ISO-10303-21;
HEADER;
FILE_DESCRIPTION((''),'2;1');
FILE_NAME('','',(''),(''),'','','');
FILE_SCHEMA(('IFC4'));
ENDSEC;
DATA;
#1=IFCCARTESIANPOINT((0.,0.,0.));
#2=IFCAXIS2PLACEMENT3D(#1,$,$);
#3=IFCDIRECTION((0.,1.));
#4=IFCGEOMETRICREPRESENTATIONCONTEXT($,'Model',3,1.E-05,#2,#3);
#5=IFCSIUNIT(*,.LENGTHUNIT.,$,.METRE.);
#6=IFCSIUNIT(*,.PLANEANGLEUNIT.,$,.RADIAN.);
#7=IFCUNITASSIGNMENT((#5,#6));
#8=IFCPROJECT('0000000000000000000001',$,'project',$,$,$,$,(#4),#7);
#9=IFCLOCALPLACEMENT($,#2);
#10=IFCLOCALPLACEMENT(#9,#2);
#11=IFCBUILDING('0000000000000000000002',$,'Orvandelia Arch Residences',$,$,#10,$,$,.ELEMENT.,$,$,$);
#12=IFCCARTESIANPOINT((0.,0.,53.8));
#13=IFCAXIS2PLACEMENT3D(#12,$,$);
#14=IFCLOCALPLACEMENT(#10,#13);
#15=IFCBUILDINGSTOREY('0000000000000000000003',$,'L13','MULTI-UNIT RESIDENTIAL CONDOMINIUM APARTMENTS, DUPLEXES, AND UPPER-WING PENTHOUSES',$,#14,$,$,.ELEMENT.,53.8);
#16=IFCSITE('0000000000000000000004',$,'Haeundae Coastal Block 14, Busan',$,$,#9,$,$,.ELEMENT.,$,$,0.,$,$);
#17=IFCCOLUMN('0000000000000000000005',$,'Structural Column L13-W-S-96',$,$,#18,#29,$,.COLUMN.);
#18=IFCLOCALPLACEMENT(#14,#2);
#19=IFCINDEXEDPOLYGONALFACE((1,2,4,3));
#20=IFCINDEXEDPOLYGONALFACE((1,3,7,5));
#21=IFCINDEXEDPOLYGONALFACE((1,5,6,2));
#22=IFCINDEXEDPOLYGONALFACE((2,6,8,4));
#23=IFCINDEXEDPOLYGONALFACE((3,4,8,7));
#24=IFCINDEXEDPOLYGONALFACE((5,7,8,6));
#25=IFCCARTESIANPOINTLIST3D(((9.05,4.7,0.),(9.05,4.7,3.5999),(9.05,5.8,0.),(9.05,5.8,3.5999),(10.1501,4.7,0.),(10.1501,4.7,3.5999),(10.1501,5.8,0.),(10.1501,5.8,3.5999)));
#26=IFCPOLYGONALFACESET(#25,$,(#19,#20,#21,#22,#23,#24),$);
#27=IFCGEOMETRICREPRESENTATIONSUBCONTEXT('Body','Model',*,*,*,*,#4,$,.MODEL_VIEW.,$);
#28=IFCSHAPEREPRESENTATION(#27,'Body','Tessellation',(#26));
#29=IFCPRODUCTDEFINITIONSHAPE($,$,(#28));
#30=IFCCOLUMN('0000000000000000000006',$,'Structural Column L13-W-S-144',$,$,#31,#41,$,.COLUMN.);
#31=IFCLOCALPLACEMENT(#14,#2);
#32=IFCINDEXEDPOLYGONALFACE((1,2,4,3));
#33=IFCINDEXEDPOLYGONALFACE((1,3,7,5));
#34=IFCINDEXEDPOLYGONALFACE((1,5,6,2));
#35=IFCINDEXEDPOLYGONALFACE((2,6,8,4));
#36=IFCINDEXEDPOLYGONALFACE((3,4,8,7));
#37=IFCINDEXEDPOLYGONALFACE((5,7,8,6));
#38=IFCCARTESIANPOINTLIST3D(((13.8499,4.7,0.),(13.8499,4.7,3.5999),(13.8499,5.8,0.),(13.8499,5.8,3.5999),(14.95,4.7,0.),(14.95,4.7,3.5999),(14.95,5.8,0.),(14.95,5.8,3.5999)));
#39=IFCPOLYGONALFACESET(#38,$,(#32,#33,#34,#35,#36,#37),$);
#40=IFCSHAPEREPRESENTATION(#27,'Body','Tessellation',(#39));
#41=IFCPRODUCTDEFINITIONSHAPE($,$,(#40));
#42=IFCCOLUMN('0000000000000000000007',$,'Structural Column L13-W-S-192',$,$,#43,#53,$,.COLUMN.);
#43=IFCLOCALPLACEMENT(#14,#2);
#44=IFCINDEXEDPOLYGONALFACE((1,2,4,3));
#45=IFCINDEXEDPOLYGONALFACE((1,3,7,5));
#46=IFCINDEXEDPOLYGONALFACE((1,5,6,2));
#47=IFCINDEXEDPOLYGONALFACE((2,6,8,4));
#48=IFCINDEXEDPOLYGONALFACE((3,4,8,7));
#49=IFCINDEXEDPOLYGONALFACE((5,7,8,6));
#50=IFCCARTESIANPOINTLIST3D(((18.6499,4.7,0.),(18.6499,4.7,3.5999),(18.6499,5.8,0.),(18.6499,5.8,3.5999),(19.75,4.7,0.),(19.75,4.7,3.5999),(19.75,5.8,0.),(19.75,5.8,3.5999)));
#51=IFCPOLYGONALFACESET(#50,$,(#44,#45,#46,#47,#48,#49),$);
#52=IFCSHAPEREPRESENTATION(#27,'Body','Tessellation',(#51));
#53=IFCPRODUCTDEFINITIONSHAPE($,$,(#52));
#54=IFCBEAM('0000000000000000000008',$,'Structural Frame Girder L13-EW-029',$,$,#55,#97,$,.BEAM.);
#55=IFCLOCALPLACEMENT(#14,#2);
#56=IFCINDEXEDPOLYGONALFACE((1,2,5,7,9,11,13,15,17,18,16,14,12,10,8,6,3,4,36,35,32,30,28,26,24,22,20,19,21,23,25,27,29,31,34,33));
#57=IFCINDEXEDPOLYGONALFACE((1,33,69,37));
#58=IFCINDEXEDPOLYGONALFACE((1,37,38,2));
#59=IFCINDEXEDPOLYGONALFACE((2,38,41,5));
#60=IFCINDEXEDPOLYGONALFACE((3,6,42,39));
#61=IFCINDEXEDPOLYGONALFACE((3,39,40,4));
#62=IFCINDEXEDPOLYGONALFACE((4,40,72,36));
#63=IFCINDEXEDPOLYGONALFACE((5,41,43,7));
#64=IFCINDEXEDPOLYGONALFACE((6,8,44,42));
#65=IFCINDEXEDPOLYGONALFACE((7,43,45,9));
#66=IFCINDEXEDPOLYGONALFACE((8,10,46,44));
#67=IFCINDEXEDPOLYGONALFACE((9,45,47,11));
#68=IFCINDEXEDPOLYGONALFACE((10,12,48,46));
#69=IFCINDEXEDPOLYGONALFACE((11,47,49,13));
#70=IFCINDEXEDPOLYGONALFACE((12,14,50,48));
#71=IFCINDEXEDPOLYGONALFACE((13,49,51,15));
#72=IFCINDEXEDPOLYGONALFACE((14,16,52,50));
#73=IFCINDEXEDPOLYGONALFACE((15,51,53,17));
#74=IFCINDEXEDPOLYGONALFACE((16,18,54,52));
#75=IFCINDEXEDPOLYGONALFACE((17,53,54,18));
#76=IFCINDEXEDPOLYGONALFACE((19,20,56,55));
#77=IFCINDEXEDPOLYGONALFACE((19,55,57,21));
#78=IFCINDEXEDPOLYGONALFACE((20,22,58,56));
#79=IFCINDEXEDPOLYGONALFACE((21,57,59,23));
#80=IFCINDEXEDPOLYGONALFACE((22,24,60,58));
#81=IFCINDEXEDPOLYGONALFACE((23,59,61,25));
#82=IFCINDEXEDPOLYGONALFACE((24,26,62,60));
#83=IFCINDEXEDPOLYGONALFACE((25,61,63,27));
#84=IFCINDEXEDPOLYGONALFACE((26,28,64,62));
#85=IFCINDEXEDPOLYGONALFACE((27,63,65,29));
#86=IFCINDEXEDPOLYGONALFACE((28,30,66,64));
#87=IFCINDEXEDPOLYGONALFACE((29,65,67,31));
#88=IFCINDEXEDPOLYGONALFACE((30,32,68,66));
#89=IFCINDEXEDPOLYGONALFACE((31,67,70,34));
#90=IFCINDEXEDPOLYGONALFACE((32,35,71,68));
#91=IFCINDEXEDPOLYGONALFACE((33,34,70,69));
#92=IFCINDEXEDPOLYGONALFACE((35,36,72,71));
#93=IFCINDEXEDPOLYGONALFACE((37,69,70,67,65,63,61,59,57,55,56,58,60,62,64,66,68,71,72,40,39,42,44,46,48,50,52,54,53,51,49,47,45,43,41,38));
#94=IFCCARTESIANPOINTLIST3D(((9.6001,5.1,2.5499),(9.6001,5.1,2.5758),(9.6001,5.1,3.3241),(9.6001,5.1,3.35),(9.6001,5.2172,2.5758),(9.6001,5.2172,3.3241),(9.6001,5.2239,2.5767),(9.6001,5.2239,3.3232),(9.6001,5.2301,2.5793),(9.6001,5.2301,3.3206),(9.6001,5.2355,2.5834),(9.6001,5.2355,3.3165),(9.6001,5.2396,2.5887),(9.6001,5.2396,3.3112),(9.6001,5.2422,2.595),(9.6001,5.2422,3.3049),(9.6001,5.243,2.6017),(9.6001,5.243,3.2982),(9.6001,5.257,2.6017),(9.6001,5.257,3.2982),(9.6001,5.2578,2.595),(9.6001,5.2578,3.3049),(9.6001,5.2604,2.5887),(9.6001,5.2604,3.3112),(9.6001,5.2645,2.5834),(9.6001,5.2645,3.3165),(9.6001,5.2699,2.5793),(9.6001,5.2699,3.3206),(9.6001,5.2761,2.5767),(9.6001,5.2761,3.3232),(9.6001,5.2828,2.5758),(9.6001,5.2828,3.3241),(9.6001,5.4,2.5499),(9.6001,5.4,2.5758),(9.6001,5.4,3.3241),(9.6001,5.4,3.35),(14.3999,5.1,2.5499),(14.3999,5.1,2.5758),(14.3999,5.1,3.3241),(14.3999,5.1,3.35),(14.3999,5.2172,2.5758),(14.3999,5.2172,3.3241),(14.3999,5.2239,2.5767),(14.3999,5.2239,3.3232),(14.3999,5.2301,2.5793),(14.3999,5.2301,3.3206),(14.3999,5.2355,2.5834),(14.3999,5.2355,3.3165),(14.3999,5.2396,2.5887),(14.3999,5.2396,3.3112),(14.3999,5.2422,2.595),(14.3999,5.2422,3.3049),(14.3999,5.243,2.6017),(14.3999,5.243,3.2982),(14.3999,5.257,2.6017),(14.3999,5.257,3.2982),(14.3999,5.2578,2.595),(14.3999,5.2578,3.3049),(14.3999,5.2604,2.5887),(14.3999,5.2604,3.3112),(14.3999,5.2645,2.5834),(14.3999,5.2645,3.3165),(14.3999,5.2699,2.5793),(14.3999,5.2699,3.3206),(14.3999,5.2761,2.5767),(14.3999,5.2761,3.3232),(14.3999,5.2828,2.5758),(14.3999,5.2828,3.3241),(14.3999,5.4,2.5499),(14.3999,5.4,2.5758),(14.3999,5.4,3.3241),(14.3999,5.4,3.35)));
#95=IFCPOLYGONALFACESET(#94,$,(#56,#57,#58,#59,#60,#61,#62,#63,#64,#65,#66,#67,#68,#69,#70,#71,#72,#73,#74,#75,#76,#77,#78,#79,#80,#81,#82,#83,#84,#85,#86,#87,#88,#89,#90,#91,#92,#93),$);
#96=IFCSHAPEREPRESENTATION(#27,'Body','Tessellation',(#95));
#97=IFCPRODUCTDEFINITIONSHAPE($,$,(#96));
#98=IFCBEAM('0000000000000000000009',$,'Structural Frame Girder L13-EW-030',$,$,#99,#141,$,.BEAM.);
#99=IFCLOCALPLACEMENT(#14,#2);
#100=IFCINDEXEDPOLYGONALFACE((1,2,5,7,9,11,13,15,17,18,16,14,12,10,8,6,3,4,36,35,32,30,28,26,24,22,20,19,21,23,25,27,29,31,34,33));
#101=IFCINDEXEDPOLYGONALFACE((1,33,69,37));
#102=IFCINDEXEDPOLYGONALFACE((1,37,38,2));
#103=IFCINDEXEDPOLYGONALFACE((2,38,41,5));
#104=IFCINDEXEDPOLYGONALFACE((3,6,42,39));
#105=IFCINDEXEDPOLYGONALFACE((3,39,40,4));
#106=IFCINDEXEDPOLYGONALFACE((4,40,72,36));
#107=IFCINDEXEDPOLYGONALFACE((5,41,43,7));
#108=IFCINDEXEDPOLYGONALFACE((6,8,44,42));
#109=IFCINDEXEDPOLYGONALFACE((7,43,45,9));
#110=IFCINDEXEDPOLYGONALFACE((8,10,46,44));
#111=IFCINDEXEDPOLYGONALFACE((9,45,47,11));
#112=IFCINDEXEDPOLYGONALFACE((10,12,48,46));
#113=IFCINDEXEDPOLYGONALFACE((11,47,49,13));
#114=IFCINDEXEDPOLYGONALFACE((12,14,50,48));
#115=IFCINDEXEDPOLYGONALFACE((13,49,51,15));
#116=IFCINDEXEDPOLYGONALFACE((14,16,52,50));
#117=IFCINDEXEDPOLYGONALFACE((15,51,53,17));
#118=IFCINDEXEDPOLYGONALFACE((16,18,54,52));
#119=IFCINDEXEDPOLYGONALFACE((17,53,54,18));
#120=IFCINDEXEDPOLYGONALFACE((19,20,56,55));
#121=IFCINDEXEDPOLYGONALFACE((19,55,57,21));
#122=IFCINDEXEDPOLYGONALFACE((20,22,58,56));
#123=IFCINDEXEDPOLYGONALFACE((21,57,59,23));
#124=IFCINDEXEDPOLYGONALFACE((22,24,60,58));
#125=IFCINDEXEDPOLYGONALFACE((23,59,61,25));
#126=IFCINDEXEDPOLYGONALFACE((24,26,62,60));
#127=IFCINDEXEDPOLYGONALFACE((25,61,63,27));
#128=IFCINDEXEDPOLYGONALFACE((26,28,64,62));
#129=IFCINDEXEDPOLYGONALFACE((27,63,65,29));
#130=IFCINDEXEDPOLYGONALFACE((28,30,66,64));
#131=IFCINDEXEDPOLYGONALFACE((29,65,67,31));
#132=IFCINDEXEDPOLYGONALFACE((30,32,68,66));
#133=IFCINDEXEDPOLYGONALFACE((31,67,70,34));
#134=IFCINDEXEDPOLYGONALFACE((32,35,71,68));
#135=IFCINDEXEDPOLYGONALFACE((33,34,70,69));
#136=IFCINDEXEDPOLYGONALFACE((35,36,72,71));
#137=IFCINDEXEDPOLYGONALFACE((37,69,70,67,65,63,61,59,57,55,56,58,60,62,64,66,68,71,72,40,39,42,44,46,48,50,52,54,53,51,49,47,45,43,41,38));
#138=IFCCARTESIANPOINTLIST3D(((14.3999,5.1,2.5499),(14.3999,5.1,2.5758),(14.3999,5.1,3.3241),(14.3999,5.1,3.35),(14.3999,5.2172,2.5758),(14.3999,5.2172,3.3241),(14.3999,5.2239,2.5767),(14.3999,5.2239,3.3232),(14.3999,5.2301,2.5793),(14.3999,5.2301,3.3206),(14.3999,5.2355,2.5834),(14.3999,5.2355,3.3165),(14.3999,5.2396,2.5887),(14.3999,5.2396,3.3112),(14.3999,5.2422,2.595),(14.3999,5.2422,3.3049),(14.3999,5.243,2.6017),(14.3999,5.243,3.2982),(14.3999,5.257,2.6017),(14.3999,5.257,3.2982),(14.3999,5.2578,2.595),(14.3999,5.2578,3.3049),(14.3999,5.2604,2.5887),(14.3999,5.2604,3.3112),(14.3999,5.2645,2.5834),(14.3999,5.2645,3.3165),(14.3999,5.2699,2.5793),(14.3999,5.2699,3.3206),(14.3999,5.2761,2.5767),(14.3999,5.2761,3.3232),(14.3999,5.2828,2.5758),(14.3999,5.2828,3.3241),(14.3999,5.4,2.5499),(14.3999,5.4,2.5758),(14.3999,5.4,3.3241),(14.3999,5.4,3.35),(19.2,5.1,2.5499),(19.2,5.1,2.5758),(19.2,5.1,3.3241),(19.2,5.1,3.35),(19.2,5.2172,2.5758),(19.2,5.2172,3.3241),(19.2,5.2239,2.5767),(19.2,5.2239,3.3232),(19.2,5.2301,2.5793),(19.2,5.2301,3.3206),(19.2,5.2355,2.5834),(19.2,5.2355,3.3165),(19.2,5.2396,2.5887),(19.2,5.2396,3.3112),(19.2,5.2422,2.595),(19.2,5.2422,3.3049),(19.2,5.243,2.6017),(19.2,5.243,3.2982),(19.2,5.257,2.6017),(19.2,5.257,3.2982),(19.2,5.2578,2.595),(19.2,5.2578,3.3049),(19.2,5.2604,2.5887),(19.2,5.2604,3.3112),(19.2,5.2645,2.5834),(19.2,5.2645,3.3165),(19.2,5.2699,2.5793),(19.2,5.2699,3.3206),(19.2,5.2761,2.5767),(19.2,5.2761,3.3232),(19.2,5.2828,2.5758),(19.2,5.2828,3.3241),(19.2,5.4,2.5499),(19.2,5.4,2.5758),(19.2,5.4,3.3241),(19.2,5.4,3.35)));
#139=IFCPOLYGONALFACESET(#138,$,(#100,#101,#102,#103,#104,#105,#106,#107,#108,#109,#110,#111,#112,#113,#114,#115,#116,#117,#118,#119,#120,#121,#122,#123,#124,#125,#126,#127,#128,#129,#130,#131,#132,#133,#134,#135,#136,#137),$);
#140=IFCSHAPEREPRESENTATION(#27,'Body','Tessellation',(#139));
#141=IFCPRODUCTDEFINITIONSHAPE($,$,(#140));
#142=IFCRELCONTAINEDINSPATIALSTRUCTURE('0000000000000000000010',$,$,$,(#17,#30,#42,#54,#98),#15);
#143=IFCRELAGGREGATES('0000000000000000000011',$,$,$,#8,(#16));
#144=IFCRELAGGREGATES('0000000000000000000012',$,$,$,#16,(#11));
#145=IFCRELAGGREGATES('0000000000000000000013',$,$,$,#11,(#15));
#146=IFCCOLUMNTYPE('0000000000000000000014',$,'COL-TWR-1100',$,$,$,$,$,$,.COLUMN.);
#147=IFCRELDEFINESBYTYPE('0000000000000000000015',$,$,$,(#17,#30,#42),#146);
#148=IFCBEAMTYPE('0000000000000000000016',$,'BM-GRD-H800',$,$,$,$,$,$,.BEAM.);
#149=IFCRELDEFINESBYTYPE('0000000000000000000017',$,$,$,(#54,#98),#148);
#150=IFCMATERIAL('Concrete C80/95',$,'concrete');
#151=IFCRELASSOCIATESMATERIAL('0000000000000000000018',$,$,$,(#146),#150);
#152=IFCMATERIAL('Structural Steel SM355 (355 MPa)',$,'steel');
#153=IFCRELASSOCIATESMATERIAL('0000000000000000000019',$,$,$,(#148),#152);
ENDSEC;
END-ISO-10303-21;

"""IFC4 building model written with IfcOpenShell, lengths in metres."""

from ifc_helpers import new_model, si_unit, direction, frame, origin, origin_2d, place, context, subcontext, project, spatial, rectangle, i_section, extrude, material, material_profile, profile_set, type_object, element, save


model = new_model("IFC4")

# Units and contexts
model_context = context("Model", 3, precision=1e-05, world=origin(), true_north=direction((0.0, 1.0)))
body_context = subcontext(model_context, "Body", "Model", "MODEL_VIEW")
ifc_project = project(units=[si_unit("LENGTHUNIT", "METRE"), si_unit("PLANEANGLEUNIT", "RADIAN")], contexts=[model_context])

# Site, building, storey
site_placement = place(None, origin())
site = spatial("IfcSite", under=ifc_project, at=site_placement, Name="Haeundae Coastal Block 14, Busan", CompositionType="ELEMENT", RefElevation=0.0)
building_placement = place(site_placement, origin())
building = spatial("IfcBuilding", under=site, at=building_placement, Name="Orvandelia Arch Residences", CompositionType="ELEMENT")
storey_placement = place(building_placement, frame((0.0, 0.0, 53.8)))
storey = spatial("IfcBuildingStorey", under=building, at=storey_placement, Name="L13", Description="MULTI-UNIT RESIDENTIAL CONDOMINIUM APARTMENTS, DUPLEXES, AND UPPER-WING PENTHOUSES", CompositionType="ELEMENT", Elevation=53.8)

# Columns
ifc_material_1 = material(Name="Concrete C80/95", Category="concrete")
ifc_material_profile_1 = material_profile(ifc_material_1, rectangle(XDim=1.1001, YDim=1.1001, at=origin_2d()), Name="Concrete C80/95", Category="concrete")
ifc_profile_set_1 = profile_set([ifc_material_profile_1], Name="Concrete C80/95")
column_type = type_object("IfcColumnType", Name="COL-TWR-1100", PredefinedType="COLUMN", material=ifc_profile_set_1)
for number, where, z_axis, x_axis, name in (
    (1, (9.6001, 5.25, 0.0), (0.0, 0.0, 1.0), (1.0, 0.0, 0.0), "Structural Column L13-W-S-96"),
    (2, (14.3999, 5.25, 0.0), (0.0, 0.0, 1.0), (1.0, 0.0, 0.0), "Structural Column L13-W-S-144"),
    (3, (19.2, 5.25, 0.0), (0.0, 0.0, 1.0), (1.0, 0.0, 0.0), "Structural Column L13-W-S-192"),
):
    element("IfcColumn", number, at=place(storey_placement, frame(where, z_axis=z_axis, x_axis=x_axis)), inside=storey, type_object=column_type, Name=name, PredefinedType="COLUMN", context=body_context, shape_type="SweptSolid", body=[
        extrude(rectangle(XDim=1.1001, YDim=1.1001, at=origin_2d()), origin(), (0.0, 0.0, 1.0), 3.5999),
    ])

# Beams
ifc_material_2 = material(Name="Structural Steel SM355 (355 MPa)", Category="steel")
ifc_material_profile_2 = material_profile(ifc_material_2, i_section(OverallWidth=0.3, OverallDepth=0.8, WebThickness=0.0139, FlangeThickness=0.0259, FilletRadius=0.0259, at=origin_2d()), Name="Structural Steel SM355 (355 MPa)", Category="steel")
ifc_profile_set_2 = profile_set([ifc_material_profile_2], Name="Structural Steel SM355 (355 MPa)")
beam_type = type_object("IfcBeamType", Name="BM-GRD-H800", PredefinedType="BEAM", material=ifc_profile_set_2)
beam_1_placement = place(storey_placement, frame((9.6001, 5.25, 2.95), z_axis=(1.0, 0.0, 0.0), x_axis=(0.0, 1.0, 0.0)))
element("IfcBeam", 4, at=beam_1_placement, inside=storey, type_object=beam_type, Name="Structural Frame Girder L13-EW-029", PredefinedType="BEAM", context=body_context, shape_type="SweptSolid", body=[
    extrude(i_section(OverallWidth=0.3, OverallDepth=0.8, WebThickness=0.0139, FlangeThickness=0.0259, FilletRadius=0.0259, at=origin_2d()), origin(), (0.0, 0.0, 1.0), 4.7998),
])
beam_2_placement = place(storey_placement, frame((14.3999, 5.25, 2.95), z_axis=(1.0, 0.0, 0.0), x_axis=(0.0, 1.0, 0.0)))
element("IfcBeam", 5, at=beam_2_placement, inside=storey, type_object=beam_type, Name="Structural Frame Girder L13-EW-030", PredefinedType="BEAM", context=body_context, shape_type="SweptSolid", body=[
    extrude(i_section(OverallWidth=0.3, OverallDepth=0.8, WebThickness=0.0139, FlangeThickness=0.0259, FilletRadius=0.0259, at=origin_2d()), origin(), (0.0, 0.0, 1.0), 4.8),
])

save(model, "model.ifc")
